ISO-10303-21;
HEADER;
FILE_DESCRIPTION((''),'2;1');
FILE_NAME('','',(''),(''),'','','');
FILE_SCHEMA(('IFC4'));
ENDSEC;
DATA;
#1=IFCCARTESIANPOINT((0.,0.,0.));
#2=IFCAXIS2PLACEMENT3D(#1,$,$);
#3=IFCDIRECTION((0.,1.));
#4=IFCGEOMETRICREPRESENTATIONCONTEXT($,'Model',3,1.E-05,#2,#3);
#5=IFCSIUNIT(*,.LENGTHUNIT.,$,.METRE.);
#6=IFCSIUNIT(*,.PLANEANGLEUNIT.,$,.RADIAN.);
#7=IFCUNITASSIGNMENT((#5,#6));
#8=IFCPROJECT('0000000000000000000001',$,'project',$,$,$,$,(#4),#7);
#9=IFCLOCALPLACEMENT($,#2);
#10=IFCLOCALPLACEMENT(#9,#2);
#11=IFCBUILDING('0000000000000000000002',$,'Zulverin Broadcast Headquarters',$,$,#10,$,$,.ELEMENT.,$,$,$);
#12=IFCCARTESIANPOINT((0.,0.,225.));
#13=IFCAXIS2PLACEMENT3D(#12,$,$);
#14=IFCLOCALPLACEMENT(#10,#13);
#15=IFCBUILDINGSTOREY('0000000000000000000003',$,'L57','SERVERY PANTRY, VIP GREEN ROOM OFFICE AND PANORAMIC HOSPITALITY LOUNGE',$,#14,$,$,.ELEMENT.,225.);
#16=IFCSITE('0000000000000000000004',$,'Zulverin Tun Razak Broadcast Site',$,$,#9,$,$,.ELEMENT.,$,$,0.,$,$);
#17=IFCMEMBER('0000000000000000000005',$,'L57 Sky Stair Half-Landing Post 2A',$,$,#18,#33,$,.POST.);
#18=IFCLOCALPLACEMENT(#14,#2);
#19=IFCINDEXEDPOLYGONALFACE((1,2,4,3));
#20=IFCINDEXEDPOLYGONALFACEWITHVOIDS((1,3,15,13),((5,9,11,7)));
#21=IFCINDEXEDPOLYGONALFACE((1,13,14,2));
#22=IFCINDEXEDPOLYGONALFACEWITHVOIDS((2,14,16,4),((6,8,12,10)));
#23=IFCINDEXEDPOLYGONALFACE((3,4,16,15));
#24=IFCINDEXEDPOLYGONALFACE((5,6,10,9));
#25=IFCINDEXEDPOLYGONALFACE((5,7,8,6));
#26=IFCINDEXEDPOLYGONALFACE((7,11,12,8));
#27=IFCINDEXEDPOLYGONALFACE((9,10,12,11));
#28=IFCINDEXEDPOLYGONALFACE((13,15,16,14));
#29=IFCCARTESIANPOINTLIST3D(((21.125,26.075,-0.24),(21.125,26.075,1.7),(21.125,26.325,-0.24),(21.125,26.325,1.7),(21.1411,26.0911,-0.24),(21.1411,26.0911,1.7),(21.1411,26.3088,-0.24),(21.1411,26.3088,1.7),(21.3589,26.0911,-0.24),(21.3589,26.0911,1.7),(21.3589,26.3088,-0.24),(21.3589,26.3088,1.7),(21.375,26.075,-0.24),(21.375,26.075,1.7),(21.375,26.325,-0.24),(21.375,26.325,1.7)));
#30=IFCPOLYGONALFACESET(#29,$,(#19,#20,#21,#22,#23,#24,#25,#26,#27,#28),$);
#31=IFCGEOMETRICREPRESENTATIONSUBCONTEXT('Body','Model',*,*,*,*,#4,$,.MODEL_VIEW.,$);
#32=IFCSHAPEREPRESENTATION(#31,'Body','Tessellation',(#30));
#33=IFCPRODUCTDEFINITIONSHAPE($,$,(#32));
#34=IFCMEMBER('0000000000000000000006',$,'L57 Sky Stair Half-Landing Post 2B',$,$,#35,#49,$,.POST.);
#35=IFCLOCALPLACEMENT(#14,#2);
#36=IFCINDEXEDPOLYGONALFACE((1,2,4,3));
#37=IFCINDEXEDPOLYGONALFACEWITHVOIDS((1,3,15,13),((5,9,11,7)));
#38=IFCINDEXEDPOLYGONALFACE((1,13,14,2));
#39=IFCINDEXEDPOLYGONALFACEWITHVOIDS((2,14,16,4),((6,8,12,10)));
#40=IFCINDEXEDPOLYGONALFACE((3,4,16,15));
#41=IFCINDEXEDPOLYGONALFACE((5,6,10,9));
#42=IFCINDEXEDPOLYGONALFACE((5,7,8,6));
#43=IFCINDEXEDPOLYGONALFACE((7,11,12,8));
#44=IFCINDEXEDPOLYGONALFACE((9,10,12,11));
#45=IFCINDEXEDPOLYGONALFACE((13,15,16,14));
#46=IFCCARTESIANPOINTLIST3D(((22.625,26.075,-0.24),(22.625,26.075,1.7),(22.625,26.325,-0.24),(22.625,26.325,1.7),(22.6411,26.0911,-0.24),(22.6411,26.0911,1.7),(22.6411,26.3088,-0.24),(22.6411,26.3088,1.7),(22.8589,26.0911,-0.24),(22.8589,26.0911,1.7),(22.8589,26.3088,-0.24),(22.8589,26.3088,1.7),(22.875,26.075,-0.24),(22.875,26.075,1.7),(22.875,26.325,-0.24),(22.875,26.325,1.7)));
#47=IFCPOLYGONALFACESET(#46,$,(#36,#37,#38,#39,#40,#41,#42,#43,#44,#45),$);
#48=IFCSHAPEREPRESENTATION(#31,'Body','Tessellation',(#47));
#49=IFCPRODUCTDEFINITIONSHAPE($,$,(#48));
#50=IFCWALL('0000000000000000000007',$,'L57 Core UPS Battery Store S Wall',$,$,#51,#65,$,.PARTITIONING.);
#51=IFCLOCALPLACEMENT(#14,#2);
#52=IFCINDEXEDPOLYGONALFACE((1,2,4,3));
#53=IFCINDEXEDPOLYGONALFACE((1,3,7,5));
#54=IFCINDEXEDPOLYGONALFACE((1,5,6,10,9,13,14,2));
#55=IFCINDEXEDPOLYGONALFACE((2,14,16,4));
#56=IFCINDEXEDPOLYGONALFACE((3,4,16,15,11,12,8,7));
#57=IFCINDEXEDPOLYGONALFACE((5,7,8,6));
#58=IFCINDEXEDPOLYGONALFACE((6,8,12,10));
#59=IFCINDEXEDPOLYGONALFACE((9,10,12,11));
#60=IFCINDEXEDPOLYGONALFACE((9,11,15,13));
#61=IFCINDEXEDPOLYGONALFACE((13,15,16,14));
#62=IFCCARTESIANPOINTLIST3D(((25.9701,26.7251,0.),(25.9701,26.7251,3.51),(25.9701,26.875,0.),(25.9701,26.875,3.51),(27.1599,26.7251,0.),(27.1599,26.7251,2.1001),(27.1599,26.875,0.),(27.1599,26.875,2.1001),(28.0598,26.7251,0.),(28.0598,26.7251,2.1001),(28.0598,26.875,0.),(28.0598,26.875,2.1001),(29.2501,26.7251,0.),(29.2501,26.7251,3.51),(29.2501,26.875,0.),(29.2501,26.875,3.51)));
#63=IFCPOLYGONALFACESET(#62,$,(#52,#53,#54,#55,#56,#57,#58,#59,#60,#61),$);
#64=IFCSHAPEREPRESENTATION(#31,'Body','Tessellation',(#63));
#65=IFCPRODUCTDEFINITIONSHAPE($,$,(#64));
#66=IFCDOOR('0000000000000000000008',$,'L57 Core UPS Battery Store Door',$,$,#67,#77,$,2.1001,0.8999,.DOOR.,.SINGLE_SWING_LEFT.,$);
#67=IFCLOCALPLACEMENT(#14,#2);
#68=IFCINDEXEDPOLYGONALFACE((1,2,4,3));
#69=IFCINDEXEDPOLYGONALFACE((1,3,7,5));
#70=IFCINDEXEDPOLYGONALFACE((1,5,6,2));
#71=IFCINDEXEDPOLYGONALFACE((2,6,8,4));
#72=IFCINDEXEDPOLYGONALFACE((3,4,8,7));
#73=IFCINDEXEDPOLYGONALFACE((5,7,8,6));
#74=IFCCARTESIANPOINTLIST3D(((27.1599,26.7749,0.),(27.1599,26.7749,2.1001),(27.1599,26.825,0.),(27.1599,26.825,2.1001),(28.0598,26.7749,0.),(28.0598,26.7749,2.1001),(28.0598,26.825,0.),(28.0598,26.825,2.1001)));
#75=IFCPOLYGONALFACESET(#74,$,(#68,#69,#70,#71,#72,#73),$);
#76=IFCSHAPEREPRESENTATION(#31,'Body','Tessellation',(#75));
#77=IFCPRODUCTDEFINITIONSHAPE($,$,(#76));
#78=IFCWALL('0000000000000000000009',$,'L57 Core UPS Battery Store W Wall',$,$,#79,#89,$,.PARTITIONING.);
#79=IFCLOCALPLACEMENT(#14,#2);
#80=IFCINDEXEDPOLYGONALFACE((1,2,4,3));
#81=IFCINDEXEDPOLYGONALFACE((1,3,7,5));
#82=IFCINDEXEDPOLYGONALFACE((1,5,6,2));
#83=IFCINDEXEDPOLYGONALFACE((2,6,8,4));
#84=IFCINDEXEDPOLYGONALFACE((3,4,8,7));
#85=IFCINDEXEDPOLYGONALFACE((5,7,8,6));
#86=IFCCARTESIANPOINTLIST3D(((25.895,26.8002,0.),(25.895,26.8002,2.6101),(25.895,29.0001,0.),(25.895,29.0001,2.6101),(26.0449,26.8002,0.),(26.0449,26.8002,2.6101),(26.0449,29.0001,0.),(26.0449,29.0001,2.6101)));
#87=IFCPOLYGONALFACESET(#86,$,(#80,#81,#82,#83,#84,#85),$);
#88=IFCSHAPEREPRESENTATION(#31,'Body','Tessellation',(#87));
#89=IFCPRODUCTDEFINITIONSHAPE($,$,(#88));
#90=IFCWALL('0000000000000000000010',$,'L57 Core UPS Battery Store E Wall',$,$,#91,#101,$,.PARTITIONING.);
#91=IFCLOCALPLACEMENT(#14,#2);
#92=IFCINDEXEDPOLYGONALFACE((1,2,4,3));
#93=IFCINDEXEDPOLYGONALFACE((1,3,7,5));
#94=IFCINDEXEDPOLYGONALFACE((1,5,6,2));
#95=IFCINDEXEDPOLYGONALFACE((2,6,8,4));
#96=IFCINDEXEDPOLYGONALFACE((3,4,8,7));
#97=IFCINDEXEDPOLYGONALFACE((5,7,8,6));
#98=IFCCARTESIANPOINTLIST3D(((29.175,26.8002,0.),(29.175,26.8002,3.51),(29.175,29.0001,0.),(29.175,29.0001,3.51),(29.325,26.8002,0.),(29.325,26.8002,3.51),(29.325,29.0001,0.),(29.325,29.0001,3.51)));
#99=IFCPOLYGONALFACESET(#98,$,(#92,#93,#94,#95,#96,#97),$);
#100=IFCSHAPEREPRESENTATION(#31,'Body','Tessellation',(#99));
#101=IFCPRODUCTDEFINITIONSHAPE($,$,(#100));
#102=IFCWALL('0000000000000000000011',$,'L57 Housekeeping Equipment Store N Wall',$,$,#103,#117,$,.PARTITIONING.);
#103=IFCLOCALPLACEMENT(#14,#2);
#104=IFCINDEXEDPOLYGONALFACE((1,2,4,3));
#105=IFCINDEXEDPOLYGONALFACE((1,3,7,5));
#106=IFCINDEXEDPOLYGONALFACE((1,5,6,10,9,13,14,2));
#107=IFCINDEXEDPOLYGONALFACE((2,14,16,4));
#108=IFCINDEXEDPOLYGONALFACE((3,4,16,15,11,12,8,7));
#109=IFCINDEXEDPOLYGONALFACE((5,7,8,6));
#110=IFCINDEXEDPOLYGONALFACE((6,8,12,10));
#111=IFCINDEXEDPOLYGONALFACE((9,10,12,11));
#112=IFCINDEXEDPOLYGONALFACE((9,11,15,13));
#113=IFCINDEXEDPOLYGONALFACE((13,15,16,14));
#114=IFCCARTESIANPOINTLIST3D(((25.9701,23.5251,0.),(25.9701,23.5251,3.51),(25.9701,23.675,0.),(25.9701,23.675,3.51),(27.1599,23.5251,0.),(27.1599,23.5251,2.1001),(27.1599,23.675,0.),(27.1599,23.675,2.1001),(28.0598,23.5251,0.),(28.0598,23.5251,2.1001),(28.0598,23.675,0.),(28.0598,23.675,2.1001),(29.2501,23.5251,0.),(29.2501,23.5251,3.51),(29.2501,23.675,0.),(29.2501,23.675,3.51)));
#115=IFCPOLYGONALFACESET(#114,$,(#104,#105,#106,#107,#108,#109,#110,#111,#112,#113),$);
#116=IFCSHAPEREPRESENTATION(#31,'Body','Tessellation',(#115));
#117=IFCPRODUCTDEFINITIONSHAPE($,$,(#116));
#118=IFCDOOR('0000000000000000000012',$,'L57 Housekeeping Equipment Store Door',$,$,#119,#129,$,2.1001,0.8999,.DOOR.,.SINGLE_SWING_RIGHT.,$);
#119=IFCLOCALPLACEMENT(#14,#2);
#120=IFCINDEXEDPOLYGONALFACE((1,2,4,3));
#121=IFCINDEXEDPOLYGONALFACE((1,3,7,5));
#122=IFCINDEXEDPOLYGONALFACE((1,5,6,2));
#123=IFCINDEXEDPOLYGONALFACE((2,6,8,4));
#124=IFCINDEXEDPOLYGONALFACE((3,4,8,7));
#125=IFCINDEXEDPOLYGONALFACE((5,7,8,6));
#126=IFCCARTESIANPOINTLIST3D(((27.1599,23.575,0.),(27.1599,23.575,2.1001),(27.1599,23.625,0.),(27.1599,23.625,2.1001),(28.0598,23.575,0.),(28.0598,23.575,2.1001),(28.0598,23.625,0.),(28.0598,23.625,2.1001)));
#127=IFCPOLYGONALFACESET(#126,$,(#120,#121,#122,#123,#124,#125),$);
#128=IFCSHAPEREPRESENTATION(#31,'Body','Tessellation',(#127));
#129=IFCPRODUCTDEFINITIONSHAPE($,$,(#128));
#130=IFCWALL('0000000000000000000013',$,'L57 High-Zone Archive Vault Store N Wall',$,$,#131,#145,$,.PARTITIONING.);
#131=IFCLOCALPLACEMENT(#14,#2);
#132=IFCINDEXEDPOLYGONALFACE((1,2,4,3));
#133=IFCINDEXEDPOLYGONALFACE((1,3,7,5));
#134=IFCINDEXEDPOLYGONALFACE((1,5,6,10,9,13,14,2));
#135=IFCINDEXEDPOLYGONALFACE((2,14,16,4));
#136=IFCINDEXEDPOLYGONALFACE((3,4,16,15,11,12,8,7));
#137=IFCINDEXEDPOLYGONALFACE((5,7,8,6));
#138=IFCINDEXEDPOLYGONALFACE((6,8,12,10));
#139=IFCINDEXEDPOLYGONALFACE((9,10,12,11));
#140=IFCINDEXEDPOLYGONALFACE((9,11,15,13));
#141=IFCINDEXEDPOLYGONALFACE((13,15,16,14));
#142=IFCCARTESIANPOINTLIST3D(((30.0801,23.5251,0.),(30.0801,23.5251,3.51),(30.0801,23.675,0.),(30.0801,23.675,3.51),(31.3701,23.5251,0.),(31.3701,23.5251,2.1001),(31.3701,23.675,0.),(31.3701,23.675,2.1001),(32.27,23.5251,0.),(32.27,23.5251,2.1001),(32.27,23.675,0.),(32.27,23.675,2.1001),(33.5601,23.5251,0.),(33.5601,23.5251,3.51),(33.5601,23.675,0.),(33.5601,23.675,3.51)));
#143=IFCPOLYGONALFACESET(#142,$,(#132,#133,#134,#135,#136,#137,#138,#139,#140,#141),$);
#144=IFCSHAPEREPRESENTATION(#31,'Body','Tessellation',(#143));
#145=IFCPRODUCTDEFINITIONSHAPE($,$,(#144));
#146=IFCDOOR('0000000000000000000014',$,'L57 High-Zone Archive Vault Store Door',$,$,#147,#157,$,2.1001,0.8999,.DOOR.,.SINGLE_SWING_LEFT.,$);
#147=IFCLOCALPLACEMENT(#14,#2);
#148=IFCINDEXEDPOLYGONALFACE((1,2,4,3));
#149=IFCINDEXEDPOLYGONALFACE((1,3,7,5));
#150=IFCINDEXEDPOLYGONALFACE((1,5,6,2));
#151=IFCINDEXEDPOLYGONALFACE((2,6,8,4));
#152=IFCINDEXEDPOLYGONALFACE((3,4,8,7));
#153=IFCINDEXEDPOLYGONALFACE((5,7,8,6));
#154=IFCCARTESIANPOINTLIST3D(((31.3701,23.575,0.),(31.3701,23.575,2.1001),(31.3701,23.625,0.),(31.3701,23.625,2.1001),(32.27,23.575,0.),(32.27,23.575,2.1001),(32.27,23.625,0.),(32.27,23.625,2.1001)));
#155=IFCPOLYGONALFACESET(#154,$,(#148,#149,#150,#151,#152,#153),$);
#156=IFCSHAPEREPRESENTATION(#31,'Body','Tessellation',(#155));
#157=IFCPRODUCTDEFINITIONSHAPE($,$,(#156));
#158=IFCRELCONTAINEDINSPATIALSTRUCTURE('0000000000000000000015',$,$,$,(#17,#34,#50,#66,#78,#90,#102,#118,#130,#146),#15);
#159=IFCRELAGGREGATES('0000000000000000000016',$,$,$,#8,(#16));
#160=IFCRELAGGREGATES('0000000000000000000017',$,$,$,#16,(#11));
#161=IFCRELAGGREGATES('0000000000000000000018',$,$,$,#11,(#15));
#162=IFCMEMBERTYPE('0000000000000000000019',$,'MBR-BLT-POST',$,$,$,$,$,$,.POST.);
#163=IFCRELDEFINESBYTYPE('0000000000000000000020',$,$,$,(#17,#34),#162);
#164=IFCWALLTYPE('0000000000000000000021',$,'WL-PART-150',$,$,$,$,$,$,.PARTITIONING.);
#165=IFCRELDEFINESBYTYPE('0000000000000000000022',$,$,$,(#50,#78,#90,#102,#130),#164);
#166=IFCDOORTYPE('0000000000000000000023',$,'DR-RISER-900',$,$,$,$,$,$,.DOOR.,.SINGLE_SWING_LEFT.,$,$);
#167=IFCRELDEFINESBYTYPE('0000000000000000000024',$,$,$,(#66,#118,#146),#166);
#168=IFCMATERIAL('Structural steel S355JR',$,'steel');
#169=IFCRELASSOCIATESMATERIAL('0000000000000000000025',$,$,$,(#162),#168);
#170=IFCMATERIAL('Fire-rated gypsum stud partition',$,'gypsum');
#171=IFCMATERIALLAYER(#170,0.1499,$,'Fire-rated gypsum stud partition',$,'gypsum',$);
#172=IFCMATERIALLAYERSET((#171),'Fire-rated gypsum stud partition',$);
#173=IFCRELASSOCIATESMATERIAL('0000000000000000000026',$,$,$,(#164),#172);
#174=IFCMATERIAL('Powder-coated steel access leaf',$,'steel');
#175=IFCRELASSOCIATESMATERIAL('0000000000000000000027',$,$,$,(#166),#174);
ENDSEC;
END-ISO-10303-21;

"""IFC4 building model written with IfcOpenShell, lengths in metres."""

from ifc_helpers import new_model, si_unit, direction, frame, frame_2d, origin, origin_2d, place, context, subcontext, project, spatial, rectangle, hollow_rectangle, extrude, material, layer, layer_set, material_profile, profile_set, type_object, element, fill, save


model = new_model("IFC4")

# Units and contexts
model_context = context("Model", 3, precision=1e-05, world=origin(), true_north=direction((0.0, 1.0)))
body_context = subcontext(model_context, "Body", "Model", "MODEL_VIEW")
ifc_project = project(units=[si_unit("LENGTHUNIT", "METRE"), si_unit("PLANEANGLEUNIT", "RADIAN")], contexts=[model_context])

# Site, building, storey
site_placement = place(None, origin())
site = spatial("IfcSite", under=ifc_project, at=site_placement, Name="Zulverin Tun Razak Broadcast Site", CompositionType="ELEMENT", RefElevation=0.0)
building_placement = place(site_placement, origin())
building = spatial("IfcBuilding", under=site, at=building_placement, Name="Zulverin Broadcast Headquarters", CompositionType="ELEMENT")
storey_placement = place(building_placement, frame((0.0, 0.0, 225.0)))
storey = spatial("IfcBuildingStorey", under=building, at=storey_placement, Name="L57", Description="SERVERY PANTRY, VIP GREEN ROOM OFFICE AND PANORAMIC HOSPITALITY LOUNGE", CompositionType="ELEMENT", Elevation=225.0)

# Members
ifc_material_1 = material(Name="Structural steel S355JR", Category="steel")
ifc_material_profile = material_profile(ifc_material_1, hollow_rectangle(XDim=0.25, YDim=0.25, WallThickness=0.0161, at=origin_2d()), Name="Structural steel S355JR", Category="steel")
ifc_profile_set = profile_set([ifc_material_profile], Name="Structural steel S355JR")
member_type = type_object("IfcMemberType", Name="MBR-BLT-POST", PredefinedType="POST", material=ifc_profile_set)
for number, where, z_axis, x_axis, name in (
    (1, (21.25, 26.2, -0.24), (0.0, 0.0, 1.0), (1.0, 0.0, 0.0), "L57 Sky Stair Half-Landing Post 2A"),
    (2, (22.75, 26.2, -0.24), (0.0, 0.0, 1.0), (1.0, 0.0, 0.0), "L57 Sky Stair Half-Landing Post 2B"),
):
    element("IfcMember", number, at=place(storey_placement, frame(where, z_axis=z_axis, x_axis=x_axis)), inside=storey, type_object=member_type, Name=name, PredefinedType="POST", context=body_context, shape_type="SweptSolid", body=[
        extrude(hollow_rectangle(XDim=0.25, YDim=0.25, WallThickness=0.0161, at=origin_2d()), origin(), (0.0, 0.0, 1.0), 1.9399),
    ])

# Wall, opening, door
ifc_material_2 = material(Name="Fire-rated gypsum stud partition", Category="gypsum")
ifc_layer_1 = layer(ifc_material_2, 0.1499, Name="Fire-rated gypsum stud partition", Category="gypsum")
ifc_layer_set_1 = layer_set([ifc_layer_1], Name="Fire-rated gypsum stud partition")
wall_type_1 = type_object("IfcWallType", Name="WL-PART-150", PredefinedType="PARTITIONING", material=ifc_layer_set_1)
wall_1_placement = place(storey_placement, frame((25.97, 26.8, 0.0), z_axis=(0.0, 0.0, 1.0), x_axis=(1.0, 0.0, 0.0)))
wall_1 = element("IfcWall", 3, at=wall_1_placement, inside=storey, type_object=wall_type_1, Name="L57 Core UPS Battery Store S Wall", PredefinedType="PARTITIONING", context=body_context, shape_type="SweptSolid", body=[
    extrude(rectangle(XDim=3.28, YDim=0.1499, at=frame_2d((1.6401, 0.0))), origin(), (0.0, 0.0, 1.0), 3.51),
])
opening_1_placement = place(wall_1_placement, frame((1.1899, 0.0, 0.0)))
opening_1 = element("IfcOpeningElement", 4, at=opening_1_placement, cuts=wall_1, PredefinedType="OPENING", context=body_context, shape_type="SweptSolid", body=[
    extrude(rectangle(XDim=0.8999, YDim=2.1001, at=frame_2d((0.45, 1.05))), frame((0.0, 0.085, 0.0), z_axis=(0.0, -1.0, 0.0), x_axis=(1.0, 0.0, 0.0)), (0.0, 0.0, 1.0), 0.1699),
])
ifc_material_3 = material(Name="Powder-coated steel access leaf", Category="steel")
door_type_1 = type_object("IfcDoorType", Name="DR-RISER-900", OperationType="SINGLE_SWING_LEFT", PredefinedType="DOOR", material=ifc_material_3)
door_1_placement = place(opening_1_placement, origin())
door_1 = element("IfcDoor", 5, at=door_1_placement, inside=storey, type_object=door_type_1, Name="L57 Core UPS Battery Store Door", OperationType="SINGLE_SWING_LEFT", OverallHeight=2.1001, OverallWidth=0.8999, PredefinedType="DOOR", context=body_context, shape_type="SweptSolid", body=[
    extrude(rectangle(XDim=0.8999, YDim=2.1001, at=frame_2d((0.45, 1.05))), frame((0.0, 0.0249, 0.0), z_axis=(0.0, -1.0, 0.0), x_axis=(1.0, 0.0, 0.0)), (0.0, 0.0, 1.0), 0.05),
])
fill(opening_1, door_1)

# Walls
wall_2_placement = place(storey_placement, frame((25.97, 26.8, 0.0), z_axis=(0.0, 0.0, 1.0), x_axis=(0.0, 1.0, 0.0)))
element("IfcWall", 6, at=wall_2_placement, inside=storey, type_object=wall_type_1, Name="L57 Core UPS Battery Store W Wall", PredefinedType="PARTITIONING", context=body_context, shape_type="SweptSolid", body=[
    extrude(rectangle(XDim=2.2, YDim=0.1499, at=frame_2d((1.1001, 0.0))), origin(), (0.0, 0.0, 1.0), 2.6101),
])
wall_3_placement = place(storey_placement, frame((29.25, 26.8, 0.0), z_axis=(0.0, 0.0, 1.0), x_axis=(0.0, 1.0, 0.0)))
element("IfcWall", 7, at=wall_3_placement, inside=storey, type_object=wall_type_1, Name="L57 Core UPS Battery Store E Wall", PredefinedType="PARTITIONING", context=body_context, shape_type="SweptSolid", body=[
    extrude(rectangle(XDim=2.2, YDim=0.1499, at=frame_2d((1.1001, 0.0))), origin(), (0.0, 0.0, 1.0), 3.51),
])

# Walls, openings, doors
wall_4_placement = place(storey_placement, frame((25.97, 23.6001, 0.0), z_axis=(0.0, 0.0, 1.0), x_axis=(1.0, 0.0, 0.0)))
wall_4 = element("IfcWall", 8, at=wall_4_placement, inside=storey, type_object=wall_type_1, Name="L57 Housekeeping Equipment Store N Wall", PredefinedType="PARTITIONING", context=body_context, shape_type="SweptSolid", body=[
    extrude(rectangle(XDim=3.28, YDim=0.1499, at=frame_2d((1.6401, 0.0))), origin(), (0.0, 0.0, 1.0), 3.51),
])
opening_2_placement = place(wall_4_placement, frame((1.1899, 0.0, 0.0)))
opening_2 = element("IfcOpeningElement", 9, at=opening_2_placement, cuts=wall_4, PredefinedType="OPENING", context=body_context, shape_type="SweptSolid", body=[
    extrude(rectangle(XDim=0.8999, YDim=2.1001, at=frame_2d((0.45, 1.05))), frame((0.0, 0.085, 0.0), z_axis=(0.0, -1.0, 0.0), x_axis=(1.0, 0.0, 0.0)), (0.0, 0.0, 1.0), 0.1699),
])
door_2_placement = place(opening_2_placement, origin())
door_2 = element("IfcDoor", 10, at=door_2_placement, inside=storey, type_object=door_type_1, Name="L57 Housekeeping Equipment Store Door", OperationType="SINGLE_SWING_RIGHT", OverallHeight=2.1001, OverallWidth=0.8999, PredefinedType="DOOR", context=body_context, shape_type="SweptSolid", body=[
    extrude(rectangle(XDim=0.8999, YDim=2.1001, at=frame_2d((0.45, 1.05))), frame((0.0, 0.0249, 0.0), z_axis=(0.0, -1.0, 0.0), x_axis=(1.0, 0.0, 0.0)), (0.0, 0.0, 1.0), 0.05),
])
fill(opening_2, door_2)
wall_5_placement = place(storey_placement, frame((30.0801, 23.6001, 0.0), z_axis=(0.0, 0.0, 1.0), x_axis=(1.0, 0.0, 0.0)))
wall_5 = element("IfcWall", 11, at=wall_5_placement, inside=storey, type_object=wall_type_1, Name="L57 High-Zone Archive Vault Store N Wall", PredefinedType="PARTITIONING", context=body_context, shape_type="SweptSolid", body=[
    extrude(rectangle(XDim=3.48, YDim=0.1499, at=frame_2d((1.74, 0.0))), origin(), (0.0, 0.0, 1.0), 3.51),
])
opening_3_placement = place(wall_5_placement, frame((1.29, 0.0, 0.0)))
opening_3 = element("IfcOpeningElement", 12, at=opening_3_placement, cuts=wall_5, PredefinedType="OPENING", context=body_context, shape_type="SweptSolid", body=[
    extrude(rectangle(XDim=0.8999, YDim=2.1001, at=frame_2d((0.45, 1.05))), frame((0.0, 0.085, 0.0), z_axis=(0.0, -1.0, 0.0), x_axis=(1.0, 0.0, 0.0)), (0.0, 0.0, 1.0), 0.1699),
])
door_3_placement = place(opening_3_placement, origin())
door_3 = element("IfcDoor", 13, at=door_3_placement, inside=storey, type_object=door_type_1, Name="L57 High-Zone Archive Vault Store Door", OperationType="SINGLE_SWING_LEFT", OverallHeight=2.1001, OverallWidth=0.8999, PredefinedType="DOOR", context=body_context, shape_type="SweptSolid", body=[
    extrude(rectangle(XDim=0.8999, YDim=2.1001, at=frame_2d((0.45, 1.05))), frame((0.0, 0.0249, 0.0), z_axis=(0.0, -1.0, 0.0), x_axis=(1.0, 0.0, 0.0)), (0.0, 0.0, 1.0), 0.05),
])
fill(opening_3, door_3)

save(model, "model.ifc")
